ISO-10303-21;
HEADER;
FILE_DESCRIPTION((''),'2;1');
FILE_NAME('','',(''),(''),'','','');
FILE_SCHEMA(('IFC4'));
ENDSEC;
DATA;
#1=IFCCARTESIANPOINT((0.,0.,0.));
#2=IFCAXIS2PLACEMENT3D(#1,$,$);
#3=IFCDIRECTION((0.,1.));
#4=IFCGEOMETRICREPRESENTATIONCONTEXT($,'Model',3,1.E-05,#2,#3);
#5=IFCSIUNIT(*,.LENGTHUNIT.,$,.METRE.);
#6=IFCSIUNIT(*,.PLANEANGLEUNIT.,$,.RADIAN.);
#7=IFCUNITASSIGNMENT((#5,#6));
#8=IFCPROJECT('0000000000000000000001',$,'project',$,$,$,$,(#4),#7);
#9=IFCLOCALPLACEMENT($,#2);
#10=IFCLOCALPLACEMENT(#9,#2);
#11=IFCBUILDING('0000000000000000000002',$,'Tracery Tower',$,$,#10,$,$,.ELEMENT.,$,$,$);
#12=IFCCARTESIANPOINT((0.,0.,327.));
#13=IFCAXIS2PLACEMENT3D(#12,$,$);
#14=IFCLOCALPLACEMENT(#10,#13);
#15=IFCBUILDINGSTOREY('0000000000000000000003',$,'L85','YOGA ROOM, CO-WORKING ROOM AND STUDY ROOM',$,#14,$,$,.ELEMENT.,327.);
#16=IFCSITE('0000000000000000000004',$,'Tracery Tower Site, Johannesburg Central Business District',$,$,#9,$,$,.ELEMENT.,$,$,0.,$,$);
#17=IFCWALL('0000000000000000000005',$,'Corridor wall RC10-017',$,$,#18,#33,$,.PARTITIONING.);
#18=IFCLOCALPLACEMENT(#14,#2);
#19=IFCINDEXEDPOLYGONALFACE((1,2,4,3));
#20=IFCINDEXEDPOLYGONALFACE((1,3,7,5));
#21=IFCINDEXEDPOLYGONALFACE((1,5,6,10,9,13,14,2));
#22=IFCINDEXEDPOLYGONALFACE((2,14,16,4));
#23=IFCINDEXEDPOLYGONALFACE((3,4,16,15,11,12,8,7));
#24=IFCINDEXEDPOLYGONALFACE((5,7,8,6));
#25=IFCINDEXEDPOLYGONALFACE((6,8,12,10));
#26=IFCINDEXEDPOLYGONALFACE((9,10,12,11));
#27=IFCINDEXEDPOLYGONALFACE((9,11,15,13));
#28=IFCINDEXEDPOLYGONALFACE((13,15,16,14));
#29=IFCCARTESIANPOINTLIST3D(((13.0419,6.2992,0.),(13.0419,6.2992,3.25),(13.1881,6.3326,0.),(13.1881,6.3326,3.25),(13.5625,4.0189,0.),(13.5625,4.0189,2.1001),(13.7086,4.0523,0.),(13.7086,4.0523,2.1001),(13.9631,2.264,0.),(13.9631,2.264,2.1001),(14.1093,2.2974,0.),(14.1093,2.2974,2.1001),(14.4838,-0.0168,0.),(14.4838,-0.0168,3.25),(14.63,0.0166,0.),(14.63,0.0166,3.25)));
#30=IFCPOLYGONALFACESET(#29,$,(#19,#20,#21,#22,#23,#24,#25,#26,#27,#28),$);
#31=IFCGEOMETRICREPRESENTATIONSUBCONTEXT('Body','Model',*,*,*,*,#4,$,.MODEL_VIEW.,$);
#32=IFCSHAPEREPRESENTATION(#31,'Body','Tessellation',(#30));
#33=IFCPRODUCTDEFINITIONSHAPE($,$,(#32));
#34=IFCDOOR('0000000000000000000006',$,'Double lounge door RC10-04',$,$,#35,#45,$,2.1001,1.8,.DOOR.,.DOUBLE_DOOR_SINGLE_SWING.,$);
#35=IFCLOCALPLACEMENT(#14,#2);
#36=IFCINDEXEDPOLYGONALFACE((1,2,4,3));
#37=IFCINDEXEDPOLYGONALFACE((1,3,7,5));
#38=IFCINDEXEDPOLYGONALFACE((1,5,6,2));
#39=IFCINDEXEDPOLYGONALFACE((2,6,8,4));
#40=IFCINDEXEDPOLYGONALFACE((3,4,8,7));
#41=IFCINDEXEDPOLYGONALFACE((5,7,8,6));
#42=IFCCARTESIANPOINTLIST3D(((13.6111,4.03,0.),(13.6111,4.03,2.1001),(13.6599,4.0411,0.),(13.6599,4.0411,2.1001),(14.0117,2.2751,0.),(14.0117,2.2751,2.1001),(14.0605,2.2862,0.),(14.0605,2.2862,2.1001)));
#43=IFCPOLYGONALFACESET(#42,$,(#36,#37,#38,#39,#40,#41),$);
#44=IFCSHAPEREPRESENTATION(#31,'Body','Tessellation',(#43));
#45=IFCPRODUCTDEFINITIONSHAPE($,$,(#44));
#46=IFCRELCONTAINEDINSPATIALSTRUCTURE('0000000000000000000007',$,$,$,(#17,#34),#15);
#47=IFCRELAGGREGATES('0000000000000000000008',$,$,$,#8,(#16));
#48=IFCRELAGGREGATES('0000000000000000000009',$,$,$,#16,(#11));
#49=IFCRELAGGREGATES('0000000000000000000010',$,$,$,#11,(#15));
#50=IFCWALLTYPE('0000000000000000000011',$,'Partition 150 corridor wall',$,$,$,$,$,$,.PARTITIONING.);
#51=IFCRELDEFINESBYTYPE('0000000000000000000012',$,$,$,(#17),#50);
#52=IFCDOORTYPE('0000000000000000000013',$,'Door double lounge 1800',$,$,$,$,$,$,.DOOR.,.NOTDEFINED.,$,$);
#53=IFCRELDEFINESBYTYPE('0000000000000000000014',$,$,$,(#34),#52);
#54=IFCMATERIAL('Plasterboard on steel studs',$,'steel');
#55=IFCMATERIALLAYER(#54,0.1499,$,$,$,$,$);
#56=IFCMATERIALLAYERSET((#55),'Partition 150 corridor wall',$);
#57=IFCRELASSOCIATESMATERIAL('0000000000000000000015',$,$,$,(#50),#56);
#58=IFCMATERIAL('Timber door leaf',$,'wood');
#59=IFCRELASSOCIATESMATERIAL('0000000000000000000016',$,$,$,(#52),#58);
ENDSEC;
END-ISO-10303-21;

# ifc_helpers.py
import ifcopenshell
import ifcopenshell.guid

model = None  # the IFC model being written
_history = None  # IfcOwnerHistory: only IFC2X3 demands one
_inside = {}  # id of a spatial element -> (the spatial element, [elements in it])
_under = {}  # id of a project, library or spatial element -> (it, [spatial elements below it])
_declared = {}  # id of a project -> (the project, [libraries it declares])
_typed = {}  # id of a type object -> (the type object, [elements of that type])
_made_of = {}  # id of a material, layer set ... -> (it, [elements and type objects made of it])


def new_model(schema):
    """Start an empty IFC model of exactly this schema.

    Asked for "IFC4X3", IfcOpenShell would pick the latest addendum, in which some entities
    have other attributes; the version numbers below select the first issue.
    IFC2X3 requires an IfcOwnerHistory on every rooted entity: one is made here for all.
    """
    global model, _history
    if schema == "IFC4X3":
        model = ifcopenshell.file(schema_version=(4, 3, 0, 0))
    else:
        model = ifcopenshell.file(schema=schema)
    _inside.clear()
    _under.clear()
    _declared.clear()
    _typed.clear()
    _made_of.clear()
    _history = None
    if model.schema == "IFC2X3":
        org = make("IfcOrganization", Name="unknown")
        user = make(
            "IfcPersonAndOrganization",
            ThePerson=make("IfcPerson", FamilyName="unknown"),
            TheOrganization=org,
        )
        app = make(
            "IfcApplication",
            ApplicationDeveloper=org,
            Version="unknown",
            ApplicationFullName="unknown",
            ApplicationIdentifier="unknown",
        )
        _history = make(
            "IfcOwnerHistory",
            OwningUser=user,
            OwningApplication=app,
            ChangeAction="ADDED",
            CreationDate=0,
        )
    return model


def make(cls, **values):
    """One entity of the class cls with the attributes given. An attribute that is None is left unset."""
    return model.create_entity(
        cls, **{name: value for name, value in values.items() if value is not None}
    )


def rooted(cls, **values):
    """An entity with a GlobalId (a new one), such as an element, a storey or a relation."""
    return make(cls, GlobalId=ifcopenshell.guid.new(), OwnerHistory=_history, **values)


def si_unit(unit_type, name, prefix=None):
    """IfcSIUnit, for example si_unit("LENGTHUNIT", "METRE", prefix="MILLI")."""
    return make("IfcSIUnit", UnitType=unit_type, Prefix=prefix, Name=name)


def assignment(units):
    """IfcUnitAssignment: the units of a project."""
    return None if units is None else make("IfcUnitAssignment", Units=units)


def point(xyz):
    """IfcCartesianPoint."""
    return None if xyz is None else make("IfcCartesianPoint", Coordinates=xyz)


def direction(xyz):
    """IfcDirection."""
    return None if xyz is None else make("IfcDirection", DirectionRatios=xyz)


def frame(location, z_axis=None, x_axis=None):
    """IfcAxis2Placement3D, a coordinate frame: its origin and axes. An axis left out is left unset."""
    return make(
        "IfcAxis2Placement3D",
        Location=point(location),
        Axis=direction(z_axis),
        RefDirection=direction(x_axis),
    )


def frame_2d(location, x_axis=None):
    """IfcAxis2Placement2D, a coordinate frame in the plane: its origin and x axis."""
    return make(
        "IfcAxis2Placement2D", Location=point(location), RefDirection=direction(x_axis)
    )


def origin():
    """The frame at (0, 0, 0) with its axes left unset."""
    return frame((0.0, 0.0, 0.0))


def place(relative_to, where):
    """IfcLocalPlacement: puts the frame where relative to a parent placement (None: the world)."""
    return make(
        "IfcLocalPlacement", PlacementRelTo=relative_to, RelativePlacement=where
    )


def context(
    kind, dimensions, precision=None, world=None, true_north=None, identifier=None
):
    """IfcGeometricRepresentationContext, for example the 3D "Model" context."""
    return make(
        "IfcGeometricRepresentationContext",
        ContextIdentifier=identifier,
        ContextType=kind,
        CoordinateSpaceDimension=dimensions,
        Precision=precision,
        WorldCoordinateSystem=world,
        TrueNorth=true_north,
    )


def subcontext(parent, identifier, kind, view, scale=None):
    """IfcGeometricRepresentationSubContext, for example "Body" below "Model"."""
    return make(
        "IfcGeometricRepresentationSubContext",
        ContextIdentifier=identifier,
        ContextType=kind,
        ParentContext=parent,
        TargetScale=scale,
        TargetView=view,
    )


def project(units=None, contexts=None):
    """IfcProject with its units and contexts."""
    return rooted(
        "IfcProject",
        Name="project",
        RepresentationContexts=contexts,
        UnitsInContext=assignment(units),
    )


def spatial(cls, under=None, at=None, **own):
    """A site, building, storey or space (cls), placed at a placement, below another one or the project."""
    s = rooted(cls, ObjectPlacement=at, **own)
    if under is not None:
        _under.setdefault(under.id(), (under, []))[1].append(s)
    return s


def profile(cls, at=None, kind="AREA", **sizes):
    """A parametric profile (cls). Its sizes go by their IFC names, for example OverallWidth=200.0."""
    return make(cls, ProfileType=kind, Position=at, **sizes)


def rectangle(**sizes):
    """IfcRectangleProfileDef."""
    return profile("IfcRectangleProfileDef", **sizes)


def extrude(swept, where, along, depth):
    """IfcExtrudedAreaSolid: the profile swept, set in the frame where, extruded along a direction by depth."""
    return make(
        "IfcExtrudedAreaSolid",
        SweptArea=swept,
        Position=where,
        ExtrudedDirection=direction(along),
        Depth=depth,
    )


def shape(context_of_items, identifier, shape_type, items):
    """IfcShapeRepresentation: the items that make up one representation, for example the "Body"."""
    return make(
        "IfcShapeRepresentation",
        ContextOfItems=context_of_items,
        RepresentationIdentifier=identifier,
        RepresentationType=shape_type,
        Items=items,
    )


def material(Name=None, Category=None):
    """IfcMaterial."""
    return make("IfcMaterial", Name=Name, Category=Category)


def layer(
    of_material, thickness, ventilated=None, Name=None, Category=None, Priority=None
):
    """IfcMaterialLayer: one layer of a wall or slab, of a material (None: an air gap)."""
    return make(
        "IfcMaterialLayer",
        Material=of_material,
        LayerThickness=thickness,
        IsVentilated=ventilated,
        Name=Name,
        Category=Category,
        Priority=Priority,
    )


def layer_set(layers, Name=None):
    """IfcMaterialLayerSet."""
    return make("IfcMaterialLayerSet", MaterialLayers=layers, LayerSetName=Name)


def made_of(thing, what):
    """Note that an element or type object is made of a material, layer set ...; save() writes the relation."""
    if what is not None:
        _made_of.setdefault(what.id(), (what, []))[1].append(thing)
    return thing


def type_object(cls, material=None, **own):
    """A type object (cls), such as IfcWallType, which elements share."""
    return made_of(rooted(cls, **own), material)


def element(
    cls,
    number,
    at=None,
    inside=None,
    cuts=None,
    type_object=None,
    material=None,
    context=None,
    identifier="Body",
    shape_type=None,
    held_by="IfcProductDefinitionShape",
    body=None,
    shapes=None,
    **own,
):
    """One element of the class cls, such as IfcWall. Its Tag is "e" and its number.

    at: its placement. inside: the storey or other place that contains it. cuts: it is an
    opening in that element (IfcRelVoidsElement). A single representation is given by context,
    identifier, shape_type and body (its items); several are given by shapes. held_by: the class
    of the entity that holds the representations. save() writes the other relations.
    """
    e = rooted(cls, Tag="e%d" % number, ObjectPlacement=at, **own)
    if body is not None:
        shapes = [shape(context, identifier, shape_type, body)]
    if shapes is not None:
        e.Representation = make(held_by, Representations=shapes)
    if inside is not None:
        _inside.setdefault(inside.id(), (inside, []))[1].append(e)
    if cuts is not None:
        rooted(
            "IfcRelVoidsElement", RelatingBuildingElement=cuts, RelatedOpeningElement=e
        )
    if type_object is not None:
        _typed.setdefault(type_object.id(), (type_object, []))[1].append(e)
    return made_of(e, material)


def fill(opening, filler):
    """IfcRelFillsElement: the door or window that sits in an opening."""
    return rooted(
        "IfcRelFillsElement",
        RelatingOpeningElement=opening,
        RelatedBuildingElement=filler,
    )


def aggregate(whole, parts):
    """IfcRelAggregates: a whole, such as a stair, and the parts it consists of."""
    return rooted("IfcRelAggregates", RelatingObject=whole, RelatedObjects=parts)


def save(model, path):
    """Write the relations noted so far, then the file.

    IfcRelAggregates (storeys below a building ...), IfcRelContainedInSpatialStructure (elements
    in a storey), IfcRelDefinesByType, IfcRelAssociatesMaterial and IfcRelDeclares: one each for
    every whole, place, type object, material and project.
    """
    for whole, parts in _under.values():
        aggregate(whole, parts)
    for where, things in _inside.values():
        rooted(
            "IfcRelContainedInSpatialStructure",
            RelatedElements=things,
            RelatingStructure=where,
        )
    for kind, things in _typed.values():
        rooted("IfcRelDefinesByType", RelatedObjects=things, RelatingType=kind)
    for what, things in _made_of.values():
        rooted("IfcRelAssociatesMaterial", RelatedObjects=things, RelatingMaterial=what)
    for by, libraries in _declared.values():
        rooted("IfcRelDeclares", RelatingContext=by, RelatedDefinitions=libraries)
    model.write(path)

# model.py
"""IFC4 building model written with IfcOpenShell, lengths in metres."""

from ifc_helpers import new_model, si_unit, direction, frame, frame_2d, origin, place, context, subcontext, project, spatial, rectangle, extrude, material, layer, layer_set, type_object, element, fill, save


model = new_model("IFC4")

# Units and contexts
model_context = context("Model", 3, precision=1e-05, world=origin(), true_north=direction((0.0, 1.0)))
body_context = subcontext(model_context, "Body", "Model", "MODEL_VIEW")
ifc_project = project(units=[si_unit("LENGTHUNIT", "METRE"), si_unit("PLANEANGLEUNIT", "RADIAN")], contexts=[model_context])

# Site, building, storey
site_placement = place(None, origin())
site = spatial("IfcSite", under=ifc_project, at=site_placement, Name="Tracery Tower Site, Johannesburg Central Business District", CompositionType="ELEMENT", RefElevation=0.0)
building_placement = place(site_placement, origin())
building = spatial("IfcBuilding", under=site, at=building_placement, Name="Tracery Tower", CompositionType="ELEMENT")
storey_placement = place(building_placement, frame((0.0, 0.0, 327.0)))
storey = spatial("IfcBuildingStorey", under=building, at=storey_placement, Name="L85", Description="YOGA ROOM, CO-WORKING ROOM AND STUDY ROOM", CompositionType="ELEMENT", Elevation=327.0)

# Shared definitions
ifc_material_1 = material(Name="Plasterboard on steel studs", Category="steel")
ifc_layer_1 = layer(ifc_material_1, 0.1499)
ifc_layer_set_1 = layer_set([ifc_layer_1], Name="Partition 150 corridor wall")
wall_type_1 = type_object("IfcWallType", Name="Partition 150 corridor wall", PredefinedType="PARTITIONING", material=ifc_layer_set_1)

# Wall, opening, door
wall_1_placement = place(storey_placement, frame((13.115, 6.3159, 0.0), z_axis=(0.0, 0.0, 1.0), x_axis=(0.222569, -0.974917, 0.0)))
wall_1 = element("IfcWall", 1, at=wall_1_placement, inside=storey, type_object=wall_type_1, Name="Corridor wall RC10-017", PredefinedType="PARTITIONING", context=body_context, shape_type="SweptSolid", body=[
    extrude(rectangle(XDim=6.4785, YDim=0.1499, at=frame_2d((3.2393, 0.0))), origin(), (0.0, 0.0, 1.0), 3.25),
])
opening_1_placement = place(wall_1_placement, frame((2.3391, 0.0, 0.0)))
opening_1 = element("IfcOpeningElement", 2, at=opening_1_placement, cuts=wall_1, PredefinedType="OPENING", context=body_context, shape_type="SweptSolid", body=[
    extrude(rectangle(XDim=1.8, YDim=2.1001, at=frame_2d((0.8999, 1.05))), frame((0.0, 0.075, 0.0), z_axis=(0.0, -1.0, 0.0), x_axis=(1.0, 0.0, 0.0)), (0.0, 0.0, 1.0), 0.1499),
])
ifc_material_2 = material(Name="Timber door leaf", Category="wood")
door_type = type_object("IfcDoorType", Name="Door double lounge 1800", OperationType="NOTDEFINED", PredefinedType="DOOR", material=ifc_material_2)
door_placement = place(opening_1_placement, origin())
door = element("IfcDoor", 3, at=door_placement, inside=storey, type_object=door_type, Name="Double lounge door RC10-04", OperationType="DOUBLE_DOOR_SINGLE_SWING", OverallHeight=2.1001, OverallWidth=1.8, PredefinedType="DOOR", context=body_context, shape_type="SweptSolid", body=[
    extrude(rectangle(XDim=1.8, YDim=2.1001, at=frame_2d((0.8999, 1.05))), frame((0.0, 0.0249, 0.0), z_axis=(0.0, -1.0, 0.0), x_axis=(1.0, 0.0, 0.0)), (0.0, 0.0, 1.0), 0.05),
])
fill(opening_1, door)

save(model, "model.ifc")
